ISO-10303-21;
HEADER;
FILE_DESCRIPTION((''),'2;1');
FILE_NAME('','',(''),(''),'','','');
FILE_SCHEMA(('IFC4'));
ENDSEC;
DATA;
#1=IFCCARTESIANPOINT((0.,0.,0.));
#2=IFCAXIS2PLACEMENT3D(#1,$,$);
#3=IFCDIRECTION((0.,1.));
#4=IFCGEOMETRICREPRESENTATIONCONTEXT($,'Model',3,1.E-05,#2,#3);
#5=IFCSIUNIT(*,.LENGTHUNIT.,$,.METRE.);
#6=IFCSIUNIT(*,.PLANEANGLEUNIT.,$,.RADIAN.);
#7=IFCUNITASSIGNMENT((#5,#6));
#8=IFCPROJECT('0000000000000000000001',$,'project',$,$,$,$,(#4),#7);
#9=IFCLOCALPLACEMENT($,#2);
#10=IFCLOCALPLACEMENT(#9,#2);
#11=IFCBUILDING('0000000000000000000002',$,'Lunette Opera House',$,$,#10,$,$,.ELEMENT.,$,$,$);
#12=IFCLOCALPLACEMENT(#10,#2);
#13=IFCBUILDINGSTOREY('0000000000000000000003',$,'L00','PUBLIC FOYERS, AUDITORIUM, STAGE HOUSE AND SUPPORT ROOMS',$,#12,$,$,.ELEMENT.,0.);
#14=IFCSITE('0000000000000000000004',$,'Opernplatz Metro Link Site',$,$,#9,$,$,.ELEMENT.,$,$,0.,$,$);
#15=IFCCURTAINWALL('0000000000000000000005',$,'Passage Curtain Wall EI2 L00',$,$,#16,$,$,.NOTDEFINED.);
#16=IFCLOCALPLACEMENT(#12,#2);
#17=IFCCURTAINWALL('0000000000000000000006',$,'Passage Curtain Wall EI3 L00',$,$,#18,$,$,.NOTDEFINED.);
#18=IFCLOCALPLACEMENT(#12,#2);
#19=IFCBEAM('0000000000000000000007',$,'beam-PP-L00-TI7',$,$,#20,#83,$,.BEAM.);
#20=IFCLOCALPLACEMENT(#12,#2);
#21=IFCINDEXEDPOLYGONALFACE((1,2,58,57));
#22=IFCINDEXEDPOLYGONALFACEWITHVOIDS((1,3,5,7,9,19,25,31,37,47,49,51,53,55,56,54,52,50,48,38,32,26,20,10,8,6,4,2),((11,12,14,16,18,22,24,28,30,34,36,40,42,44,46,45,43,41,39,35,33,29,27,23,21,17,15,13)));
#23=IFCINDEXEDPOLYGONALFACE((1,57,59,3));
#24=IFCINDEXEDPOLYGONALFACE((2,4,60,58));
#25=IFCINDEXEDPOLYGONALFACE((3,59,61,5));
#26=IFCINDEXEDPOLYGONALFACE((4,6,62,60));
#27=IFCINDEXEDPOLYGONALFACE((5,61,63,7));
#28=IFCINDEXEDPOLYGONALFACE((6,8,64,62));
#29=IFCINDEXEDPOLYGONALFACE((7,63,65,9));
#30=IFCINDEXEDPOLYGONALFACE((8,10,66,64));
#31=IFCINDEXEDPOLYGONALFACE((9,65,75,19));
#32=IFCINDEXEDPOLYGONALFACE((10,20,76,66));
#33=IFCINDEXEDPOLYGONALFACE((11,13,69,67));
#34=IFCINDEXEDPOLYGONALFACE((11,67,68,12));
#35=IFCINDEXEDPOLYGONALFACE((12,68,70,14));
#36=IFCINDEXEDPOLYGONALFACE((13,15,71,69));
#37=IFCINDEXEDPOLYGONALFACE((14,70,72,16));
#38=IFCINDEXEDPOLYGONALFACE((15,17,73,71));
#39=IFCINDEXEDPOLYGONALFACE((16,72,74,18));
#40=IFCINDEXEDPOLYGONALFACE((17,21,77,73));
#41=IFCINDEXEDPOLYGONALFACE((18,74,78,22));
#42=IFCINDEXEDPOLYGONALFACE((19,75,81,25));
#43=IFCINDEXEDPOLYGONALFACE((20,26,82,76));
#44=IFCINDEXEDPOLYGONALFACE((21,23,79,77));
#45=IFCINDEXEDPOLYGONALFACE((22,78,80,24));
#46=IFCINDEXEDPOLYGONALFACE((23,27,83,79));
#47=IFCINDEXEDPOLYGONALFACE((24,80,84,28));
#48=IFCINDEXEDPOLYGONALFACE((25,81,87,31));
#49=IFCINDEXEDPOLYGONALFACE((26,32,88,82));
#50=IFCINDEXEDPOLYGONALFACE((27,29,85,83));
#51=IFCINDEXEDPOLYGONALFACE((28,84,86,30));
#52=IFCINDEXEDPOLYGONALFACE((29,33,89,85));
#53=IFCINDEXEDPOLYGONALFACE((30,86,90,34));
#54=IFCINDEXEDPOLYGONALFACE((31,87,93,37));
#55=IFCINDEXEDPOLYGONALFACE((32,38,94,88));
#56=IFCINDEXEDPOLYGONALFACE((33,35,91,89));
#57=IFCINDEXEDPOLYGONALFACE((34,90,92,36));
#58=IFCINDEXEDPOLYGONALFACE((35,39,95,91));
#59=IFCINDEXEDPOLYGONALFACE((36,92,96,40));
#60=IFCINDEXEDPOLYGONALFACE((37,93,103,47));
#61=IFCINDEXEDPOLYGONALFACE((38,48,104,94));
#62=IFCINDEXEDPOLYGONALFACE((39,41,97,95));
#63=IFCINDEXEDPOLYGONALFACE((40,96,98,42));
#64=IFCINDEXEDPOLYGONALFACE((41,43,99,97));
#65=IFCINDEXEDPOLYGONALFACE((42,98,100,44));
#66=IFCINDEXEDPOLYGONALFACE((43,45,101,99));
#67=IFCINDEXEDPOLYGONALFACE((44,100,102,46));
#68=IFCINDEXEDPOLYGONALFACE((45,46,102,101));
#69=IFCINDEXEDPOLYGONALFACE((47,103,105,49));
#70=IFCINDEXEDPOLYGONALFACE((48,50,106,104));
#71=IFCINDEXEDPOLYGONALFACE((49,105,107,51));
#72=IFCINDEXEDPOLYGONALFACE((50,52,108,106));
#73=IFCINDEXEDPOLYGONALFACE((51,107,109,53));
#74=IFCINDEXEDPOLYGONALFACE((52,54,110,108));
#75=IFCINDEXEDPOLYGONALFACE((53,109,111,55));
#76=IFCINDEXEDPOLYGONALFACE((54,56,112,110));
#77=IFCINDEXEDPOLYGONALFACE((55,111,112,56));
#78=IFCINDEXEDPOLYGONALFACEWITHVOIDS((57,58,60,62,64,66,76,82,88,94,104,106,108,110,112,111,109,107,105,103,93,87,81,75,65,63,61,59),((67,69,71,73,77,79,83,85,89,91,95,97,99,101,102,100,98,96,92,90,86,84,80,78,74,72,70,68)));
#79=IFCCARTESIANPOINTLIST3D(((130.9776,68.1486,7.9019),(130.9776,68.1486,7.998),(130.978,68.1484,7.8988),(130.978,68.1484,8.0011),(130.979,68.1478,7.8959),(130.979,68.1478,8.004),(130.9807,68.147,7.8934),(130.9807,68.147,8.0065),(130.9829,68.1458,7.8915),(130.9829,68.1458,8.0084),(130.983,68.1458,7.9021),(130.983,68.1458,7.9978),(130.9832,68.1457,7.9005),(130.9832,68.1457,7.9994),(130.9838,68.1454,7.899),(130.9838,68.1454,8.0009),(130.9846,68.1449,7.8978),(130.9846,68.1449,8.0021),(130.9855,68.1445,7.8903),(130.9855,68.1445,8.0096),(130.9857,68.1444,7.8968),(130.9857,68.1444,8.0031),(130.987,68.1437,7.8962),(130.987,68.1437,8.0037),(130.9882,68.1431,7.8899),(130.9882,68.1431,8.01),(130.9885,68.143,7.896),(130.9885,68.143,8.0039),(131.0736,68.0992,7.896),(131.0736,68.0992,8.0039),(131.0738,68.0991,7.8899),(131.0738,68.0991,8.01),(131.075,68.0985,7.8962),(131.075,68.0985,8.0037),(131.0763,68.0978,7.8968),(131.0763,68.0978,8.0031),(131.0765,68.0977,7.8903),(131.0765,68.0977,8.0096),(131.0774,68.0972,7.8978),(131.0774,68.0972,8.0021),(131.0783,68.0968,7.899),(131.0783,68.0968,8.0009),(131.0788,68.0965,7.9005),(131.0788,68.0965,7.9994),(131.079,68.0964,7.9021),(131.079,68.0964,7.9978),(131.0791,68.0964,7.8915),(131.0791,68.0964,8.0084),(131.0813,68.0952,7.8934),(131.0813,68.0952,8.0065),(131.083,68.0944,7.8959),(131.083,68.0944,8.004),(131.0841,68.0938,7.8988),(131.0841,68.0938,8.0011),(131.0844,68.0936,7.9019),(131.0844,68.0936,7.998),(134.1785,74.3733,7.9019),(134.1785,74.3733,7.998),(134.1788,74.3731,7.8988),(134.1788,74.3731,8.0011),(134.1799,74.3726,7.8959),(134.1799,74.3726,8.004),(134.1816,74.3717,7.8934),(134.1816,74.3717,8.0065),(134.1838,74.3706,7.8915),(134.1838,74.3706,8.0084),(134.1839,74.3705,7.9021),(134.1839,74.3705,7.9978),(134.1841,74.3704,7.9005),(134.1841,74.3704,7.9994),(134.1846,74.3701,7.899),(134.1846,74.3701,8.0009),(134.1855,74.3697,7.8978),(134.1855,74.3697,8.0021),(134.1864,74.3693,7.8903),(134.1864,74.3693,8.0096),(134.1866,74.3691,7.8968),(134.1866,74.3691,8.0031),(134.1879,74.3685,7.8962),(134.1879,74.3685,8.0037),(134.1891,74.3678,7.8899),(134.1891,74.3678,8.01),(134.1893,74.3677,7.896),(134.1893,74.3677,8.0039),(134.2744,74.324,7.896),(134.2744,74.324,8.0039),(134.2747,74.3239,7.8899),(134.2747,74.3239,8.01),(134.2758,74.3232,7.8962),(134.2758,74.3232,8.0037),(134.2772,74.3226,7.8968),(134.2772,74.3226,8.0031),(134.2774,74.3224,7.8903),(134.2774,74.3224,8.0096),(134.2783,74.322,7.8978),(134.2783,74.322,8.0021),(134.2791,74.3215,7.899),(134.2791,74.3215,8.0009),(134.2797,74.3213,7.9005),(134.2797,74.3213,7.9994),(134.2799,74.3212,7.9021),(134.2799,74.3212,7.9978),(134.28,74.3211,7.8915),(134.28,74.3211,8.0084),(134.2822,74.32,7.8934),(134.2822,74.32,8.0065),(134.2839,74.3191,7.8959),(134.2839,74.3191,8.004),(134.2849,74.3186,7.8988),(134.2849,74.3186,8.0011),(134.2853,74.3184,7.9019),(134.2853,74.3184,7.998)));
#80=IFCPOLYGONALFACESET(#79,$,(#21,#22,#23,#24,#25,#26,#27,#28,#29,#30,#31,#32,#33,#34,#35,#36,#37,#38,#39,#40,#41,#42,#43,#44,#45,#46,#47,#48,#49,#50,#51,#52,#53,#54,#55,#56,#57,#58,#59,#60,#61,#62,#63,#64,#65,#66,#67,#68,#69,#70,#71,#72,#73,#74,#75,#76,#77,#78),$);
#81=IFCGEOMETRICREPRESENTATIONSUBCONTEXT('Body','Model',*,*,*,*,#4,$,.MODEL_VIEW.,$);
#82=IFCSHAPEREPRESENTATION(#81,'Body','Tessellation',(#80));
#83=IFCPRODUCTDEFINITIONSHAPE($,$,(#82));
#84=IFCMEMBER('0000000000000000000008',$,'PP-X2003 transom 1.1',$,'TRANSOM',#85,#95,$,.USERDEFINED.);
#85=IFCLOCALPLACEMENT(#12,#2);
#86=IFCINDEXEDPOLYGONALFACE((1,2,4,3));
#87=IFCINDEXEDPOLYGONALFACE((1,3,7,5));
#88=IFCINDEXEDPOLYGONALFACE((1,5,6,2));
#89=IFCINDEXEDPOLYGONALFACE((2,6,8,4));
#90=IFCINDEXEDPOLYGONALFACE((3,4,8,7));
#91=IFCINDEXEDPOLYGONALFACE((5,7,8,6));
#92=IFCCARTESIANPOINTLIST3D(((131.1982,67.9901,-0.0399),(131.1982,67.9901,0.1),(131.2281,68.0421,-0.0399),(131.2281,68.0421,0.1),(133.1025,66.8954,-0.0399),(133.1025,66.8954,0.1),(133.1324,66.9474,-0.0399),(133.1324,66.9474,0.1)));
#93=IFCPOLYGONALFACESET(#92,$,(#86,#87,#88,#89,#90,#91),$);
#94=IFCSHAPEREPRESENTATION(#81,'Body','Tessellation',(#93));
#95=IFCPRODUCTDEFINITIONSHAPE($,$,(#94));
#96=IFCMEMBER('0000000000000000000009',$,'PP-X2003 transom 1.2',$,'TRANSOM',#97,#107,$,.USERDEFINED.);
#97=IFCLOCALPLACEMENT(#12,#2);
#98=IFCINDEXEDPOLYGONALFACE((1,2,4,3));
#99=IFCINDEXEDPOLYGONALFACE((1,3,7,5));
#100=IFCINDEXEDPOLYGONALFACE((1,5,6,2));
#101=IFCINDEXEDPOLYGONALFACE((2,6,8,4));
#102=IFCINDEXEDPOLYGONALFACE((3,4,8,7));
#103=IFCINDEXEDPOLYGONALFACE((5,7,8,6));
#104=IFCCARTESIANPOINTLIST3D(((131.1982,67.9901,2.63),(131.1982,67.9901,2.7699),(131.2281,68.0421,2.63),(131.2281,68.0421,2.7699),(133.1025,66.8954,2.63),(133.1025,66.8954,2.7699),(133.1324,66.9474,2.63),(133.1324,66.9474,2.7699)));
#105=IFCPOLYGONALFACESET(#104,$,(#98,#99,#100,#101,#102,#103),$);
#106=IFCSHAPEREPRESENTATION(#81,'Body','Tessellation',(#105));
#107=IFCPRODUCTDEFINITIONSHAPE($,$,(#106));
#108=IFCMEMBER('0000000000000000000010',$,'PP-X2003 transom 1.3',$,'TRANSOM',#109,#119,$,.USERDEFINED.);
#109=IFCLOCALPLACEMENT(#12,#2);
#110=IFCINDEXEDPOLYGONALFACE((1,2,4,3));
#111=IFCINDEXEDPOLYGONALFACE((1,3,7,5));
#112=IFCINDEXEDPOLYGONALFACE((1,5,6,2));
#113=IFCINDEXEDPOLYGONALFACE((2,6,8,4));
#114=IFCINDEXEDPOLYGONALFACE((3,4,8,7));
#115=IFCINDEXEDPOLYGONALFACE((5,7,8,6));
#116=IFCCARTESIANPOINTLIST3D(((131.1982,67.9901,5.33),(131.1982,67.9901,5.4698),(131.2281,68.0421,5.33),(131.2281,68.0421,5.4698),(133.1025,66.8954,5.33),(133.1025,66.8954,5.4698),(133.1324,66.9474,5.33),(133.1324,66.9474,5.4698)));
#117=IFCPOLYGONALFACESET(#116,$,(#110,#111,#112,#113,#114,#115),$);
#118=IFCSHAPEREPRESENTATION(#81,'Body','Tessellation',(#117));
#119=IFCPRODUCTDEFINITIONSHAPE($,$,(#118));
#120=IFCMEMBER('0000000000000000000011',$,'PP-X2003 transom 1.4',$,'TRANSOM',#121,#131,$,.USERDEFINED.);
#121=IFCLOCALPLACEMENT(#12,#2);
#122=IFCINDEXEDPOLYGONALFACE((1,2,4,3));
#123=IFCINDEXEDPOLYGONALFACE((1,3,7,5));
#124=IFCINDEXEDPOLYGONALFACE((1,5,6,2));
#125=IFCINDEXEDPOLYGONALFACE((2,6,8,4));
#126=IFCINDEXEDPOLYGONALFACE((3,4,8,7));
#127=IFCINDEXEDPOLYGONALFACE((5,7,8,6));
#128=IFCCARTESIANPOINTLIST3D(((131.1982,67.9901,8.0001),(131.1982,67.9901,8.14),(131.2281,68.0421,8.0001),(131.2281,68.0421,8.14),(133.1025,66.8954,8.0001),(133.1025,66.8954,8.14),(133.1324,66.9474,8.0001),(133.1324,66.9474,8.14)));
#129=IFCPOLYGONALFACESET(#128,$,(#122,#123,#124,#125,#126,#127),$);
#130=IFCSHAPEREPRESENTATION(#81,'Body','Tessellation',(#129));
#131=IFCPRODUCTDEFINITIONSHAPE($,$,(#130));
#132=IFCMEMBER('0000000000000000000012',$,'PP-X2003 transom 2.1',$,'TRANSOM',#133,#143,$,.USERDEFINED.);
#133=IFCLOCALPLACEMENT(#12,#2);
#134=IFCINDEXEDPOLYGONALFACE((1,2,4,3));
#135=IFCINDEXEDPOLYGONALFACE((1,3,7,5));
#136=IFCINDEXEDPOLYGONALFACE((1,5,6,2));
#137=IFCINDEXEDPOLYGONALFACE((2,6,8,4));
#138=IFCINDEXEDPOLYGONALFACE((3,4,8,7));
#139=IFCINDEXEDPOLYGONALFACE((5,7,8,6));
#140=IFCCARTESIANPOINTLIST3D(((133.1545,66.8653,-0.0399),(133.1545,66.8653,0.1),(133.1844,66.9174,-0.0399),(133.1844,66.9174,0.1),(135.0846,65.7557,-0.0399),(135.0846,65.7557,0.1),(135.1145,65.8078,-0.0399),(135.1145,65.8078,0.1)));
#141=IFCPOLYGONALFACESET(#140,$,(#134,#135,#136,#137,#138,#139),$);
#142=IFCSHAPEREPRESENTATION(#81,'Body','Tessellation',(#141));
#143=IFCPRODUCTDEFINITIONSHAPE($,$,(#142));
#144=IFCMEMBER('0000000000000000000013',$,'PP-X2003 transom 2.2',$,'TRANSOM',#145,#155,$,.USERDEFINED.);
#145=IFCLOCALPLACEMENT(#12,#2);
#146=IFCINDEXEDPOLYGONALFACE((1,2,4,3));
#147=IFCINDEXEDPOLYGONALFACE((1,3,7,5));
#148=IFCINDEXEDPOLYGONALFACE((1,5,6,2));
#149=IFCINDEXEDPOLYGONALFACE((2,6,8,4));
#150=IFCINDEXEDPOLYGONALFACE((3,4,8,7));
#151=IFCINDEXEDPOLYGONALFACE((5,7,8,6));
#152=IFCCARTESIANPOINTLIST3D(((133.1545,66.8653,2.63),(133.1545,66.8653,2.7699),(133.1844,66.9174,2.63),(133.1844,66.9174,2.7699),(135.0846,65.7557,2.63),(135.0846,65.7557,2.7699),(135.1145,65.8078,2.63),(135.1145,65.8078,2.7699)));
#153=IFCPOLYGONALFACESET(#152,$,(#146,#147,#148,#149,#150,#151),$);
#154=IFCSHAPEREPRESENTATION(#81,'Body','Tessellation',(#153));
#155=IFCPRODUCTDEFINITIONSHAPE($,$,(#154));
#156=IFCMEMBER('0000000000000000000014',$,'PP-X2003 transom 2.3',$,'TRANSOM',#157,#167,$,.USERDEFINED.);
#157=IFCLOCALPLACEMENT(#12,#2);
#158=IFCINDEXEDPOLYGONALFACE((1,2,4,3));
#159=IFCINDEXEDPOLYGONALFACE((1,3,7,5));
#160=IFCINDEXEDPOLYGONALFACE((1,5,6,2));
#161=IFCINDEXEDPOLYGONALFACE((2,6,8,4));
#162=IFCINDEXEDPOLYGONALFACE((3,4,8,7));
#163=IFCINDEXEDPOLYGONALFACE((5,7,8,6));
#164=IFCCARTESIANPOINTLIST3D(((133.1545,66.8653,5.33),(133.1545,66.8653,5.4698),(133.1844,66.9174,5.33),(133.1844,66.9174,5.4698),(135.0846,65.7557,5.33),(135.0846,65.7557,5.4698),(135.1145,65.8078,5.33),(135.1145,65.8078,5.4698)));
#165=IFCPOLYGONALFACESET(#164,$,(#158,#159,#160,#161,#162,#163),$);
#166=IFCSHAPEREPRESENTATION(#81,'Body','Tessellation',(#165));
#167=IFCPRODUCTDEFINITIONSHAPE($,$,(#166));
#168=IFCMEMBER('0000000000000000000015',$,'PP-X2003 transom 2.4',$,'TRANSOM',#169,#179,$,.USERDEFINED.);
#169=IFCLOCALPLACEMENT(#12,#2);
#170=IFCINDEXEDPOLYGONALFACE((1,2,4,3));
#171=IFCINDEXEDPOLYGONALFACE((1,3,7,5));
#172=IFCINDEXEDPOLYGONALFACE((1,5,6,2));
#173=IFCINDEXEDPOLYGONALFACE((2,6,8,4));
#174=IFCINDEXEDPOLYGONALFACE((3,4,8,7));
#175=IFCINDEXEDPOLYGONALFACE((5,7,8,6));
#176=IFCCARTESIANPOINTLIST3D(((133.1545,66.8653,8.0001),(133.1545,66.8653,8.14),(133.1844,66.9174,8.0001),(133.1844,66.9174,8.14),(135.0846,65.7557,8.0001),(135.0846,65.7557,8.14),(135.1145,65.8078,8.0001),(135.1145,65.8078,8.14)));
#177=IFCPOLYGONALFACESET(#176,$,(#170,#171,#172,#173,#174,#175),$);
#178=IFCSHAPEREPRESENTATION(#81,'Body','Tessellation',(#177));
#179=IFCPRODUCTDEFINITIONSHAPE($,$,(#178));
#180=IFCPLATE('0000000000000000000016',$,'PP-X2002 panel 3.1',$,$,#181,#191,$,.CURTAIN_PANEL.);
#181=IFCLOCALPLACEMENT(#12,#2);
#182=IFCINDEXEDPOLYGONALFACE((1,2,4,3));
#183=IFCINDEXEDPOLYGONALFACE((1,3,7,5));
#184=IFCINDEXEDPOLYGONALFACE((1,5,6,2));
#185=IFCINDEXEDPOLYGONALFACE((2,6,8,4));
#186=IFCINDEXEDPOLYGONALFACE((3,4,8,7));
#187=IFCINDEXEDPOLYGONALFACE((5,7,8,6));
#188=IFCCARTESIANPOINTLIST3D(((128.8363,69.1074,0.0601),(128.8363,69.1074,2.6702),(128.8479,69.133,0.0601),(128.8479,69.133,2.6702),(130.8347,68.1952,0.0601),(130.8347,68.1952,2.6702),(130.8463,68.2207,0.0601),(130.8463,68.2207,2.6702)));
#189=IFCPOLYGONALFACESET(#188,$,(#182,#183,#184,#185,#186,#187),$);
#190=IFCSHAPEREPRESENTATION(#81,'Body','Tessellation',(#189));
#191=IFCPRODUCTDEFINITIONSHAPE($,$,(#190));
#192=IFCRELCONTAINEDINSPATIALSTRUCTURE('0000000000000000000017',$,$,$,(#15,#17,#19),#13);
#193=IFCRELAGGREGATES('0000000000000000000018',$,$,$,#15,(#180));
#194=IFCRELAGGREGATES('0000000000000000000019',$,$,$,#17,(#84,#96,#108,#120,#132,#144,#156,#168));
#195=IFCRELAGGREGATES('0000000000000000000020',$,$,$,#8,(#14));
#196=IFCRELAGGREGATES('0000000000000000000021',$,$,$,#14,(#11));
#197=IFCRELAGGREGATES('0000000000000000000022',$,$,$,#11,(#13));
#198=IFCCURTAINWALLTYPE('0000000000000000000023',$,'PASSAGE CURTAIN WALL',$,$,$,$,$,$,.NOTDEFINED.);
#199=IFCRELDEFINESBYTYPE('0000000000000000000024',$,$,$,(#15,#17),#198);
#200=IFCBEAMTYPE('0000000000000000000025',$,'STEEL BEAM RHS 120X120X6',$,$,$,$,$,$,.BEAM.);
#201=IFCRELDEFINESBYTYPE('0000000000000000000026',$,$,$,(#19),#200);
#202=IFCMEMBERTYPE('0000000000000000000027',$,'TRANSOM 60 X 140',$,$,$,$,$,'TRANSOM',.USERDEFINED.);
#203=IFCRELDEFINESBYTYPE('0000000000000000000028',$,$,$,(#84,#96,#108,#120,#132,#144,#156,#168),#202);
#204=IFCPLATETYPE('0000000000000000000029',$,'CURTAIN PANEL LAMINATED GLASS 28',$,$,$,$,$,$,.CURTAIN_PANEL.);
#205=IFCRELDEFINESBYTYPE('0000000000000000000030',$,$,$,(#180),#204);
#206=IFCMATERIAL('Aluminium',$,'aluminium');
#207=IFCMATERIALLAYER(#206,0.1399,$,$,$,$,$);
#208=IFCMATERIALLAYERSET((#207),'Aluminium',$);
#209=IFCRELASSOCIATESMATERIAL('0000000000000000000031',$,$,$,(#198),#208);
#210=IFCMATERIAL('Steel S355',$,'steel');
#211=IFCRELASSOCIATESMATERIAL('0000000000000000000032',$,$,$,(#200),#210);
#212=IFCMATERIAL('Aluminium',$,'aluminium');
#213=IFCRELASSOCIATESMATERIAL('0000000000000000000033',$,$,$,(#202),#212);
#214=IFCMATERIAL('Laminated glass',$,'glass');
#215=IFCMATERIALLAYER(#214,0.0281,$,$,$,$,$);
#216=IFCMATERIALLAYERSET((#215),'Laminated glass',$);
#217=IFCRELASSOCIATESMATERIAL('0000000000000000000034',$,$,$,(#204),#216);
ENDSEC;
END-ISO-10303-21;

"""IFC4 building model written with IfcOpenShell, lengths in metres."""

from ifc_helpers import new_model, si_unit, direction, frame, origin, origin_2d, place, context, subcontext, project, spatial, rectangle, hollow_rectangle, extrude, material, layer, layer_set, material_profile, profile_set, type_object, element, aggregate, save


model = new_model("IFC4")

# Units and contexts
model_context = context("Model", 3, precision=1e-05, world=origin(), true_north=direction((0.0, 1.0)))
body_context = subcontext(model_context, "Body", "Model", "MODEL_VIEW")
ifc_project = project(units=[si_unit("LENGTHUNIT", "METRE"), si_unit("PLANEANGLEUNIT", "RADIAN")], contexts=[model_context])

# Site, building, storey
site_placement = place(None, origin())
site = spatial("IfcSite", under=ifc_project, at=site_placement, Name="Opernplatz Metro Link Site", CompositionType="ELEMENT", RefElevation=0.0)
building_placement = place(site_placement, origin())
building = spatial("IfcBuilding", under=site, at=building_placement, Name="Lunette Opera House", CompositionType="ELEMENT")
storey_placement = place(building_placement, origin())
storey = spatial("IfcBuildingStorey", under=building, at=storey_placement, Name="L00", Description="PUBLIC FOYERS, AUDITORIUM, STAGE HOUSE AND SUPPORT ROOMS", CompositionType="ELEMENT", Elevation=0.0)

# Curtain wall
ifc_material_1 = material(Name="Aluminium", Category="aluminium")
ifc_layer_1 = layer(ifc_material_1, 0.1399)
ifc_layer_set_1 = layer_set([ifc_layer_1], Name="Aluminium")
curtain_wall_type = type_object("IfcCurtainWallType", Name="PASSAGE CURTAIN WALL", PredefinedType="NOTDEFINED", material=ifc_layer_set_1)
curtain_wall_1_placement = place(storey_placement, origin())
curtain_wall_1 = element("IfcCurtainWall", 1, at=curtain_wall_1_placement, inside=storey, type_object=curtain_wall_type, Name="Passage Curtain Wall EI2 L00", PredefinedType="NOTDEFINED")

# Curtain wall
curtain_wall_2_placement = place(storey_placement, origin())
curtain_wall_2 = element("IfcCurtainWall", 2, at=curtain_wall_2_placement, inside=storey, type_object=curtain_wall_type, Name="Passage Curtain Wall EI3 L00", PredefinedType="NOTDEFINED")

# Beam
ifc_material_2 = material(Name="Steel S355", Category="steel")
ifc_material_profile_1 = material_profile(ifc_material_2, hollow_rectangle(XDim=0.1201, YDim=0.1201, WallThickness=0.0061, InnerFilletRadius=0.0061, OuterFilletRadius=0.012, at=origin_2d()), Name="RHS 120X120X6")
ifc_profile_set_1 = profile_set([ifc_material_profile_1], Name="Steel S355")
beam_type_1 = type_object("IfcBeamType", Name="STEEL BEAM RHS 120X120X6", PredefinedType="BEAM", material=ifc_profile_set_1)
beam_1_placement = place(storey_placement, frame((131.031, 68.1211, 7.95), z_axis=(0.4573, 0.889313, 0.0), x_axis=(-0.889313, 0.4573, 0.0)))
element("IfcBeam", 3, at=beam_1_placement, inside=storey, type_object=beam_type_1, Name="beam-PP-L00-TI7", PredefinedType="BEAM", context=body_context, shape_type="SweptSolid", body=[
    extrude(hollow_rectangle(XDim=0.1201, YDim=0.1201, WallThickness=0.0061, InnerFilletRadius=0.0061, OuterFilletRadius=0.012, at=origin_2d()), origin(), (0.0, 0.0, 1.0), 6.9995),
])

# Members
ifc_material_3 = material(Name="Aluminium", Category="aluminium")
ifc_material_profile_2 = material_profile(ifc_material_3, rectangle(XDim=0.0601, YDim=0.1399, at=origin_2d()), Name="TRANSOM 60 X 140")
ifc_profile_set_2 = profile_set([ifc_material_profile_2], Name="Aluminium")
member_type_1 = type_object("IfcMemberType", Name="TRANSOM 60 X 140", ElementType="TRANSOM", PredefinedType="USERDEFINED", material=ifc_profile_set_2)
member_1_placement = place(storey_placement, frame((131.2131, 68.0161, 0.03), z_axis=(0.866954, -0.498388, 0.0), x_axis=(0.498388, 0.866954, 0.0)))
member_1 = element("IfcMember", 4, at=member_1_placement, type_object=member_type_1, Name="PP-X2003 transom 1.1", ObjectType="TRANSOM", PredefinedType="USERDEFINED", context=body_context, shape_type="SweptSolid", body=[
    extrude(rectangle(XDim=0.0601, YDim=0.1399, at=origin_2d()), origin(), (0.0, 0.0, 1.0), 2.1965),
])
member_2_placement = place(storey_placement, frame((131.2131, 68.0161, 2.7), z_axis=(0.866954, -0.498388, 0.0), x_axis=(0.498388, 0.866954, 0.0)))
member_2 = element("IfcMember", 5, at=member_2_placement, type_object=member_type_1, Name="PP-X2003 transom 1.2", ObjectType="TRANSOM", PredefinedType="USERDEFINED", context=body_context, shape_type="SweptSolid", body=[
    extrude(rectangle(XDim=0.0601, YDim=0.1399, at=origin_2d()), origin(), (0.0, 0.0, 1.0), 2.1965),
])
member_3_placement = place(storey_placement, frame((131.2131, 68.0161, 5.3999), z_axis=(0.866954, -0.498388, 0.0), x_axis=(0.498388, 0.866954, 0.0)))
member_3 = element("IfcMember", 6, at=member_3_placement, type_object=member_type_1, Name="PP-X2003 transom 1.3", ObjectType="TRANSOM", PredefinedType="USERDEFINED", context=body_context, shape_type="SweptSolid", body=[
    extrude(rectangle(XDim=0.0601, YDim=0.1399, at=origin_2d()), origin(), (0.0, 0.0, 1.0), 2.1965),
])
member_4_placement = place(storey_placement, frame((131.2131, 68.0161, 8.0701), z_axis=(0.866954, -0.498388, 0.0), x_axis=(0.498388, 0.866954, 0.0)))
member_4 = element("IfcMember", 7, at=member_4_placement, type_object=member_type_1, Name="PP-X2003 transom 1.4", ObjectType="TRANSOM", PredefinedType="USERDEFINED", context=body_context, shape_type="SweptSolid", body=[
    extrude(rectangle(XDim=0.0601, YDim=0.1399, at=origin_2d()), origin(), (0.0, 0.0, 1.0), 2.1965),
])
member_5_placement = place(storey_placement, frame((133.1694, 66.8914, 0.03), z_axis=(0.866951, -0.498393, 0.0), x_axis=(0.498393, 0.866951, 0.0)))
member_5 = element("IfcMember", 8, at=member_5_placement, type_object=member_type_1, Name="PP-X2003 transom 2.1", ObjectType="TRANSOM", PredefinedType="USERDEFINED", context=body_context, shape_type="SweptSolid", body=[
    extrude(rectangle(XDim=0.0601, YDim=0.1399, at=origin_2d()), origin(), (0.0, 0.0, 1.0), 2.2263),
])
member_6_placement = place(storey_placement, frame((133.1694, 66.8914, 2.7), z_axis=(0.866951, -0.498393, 0.0), x_axis=(0.498393, 0.866951, 0.0)))
member_6 = element("IfcMember", 9, at=member_6_placement, type_object=member_type_1, Name="PP-X2003 transom 2.2", ObjectType="TRANSOM", PredefinedType="USERDEFINED", context=body_context, shape_type="SweptSolid", body=[
    extrude(rectangle(XDim=0.0601, YDim=0.1399, at=origin_2d()), origin(), (0.0, 0.0, 1.0), 2.2263),
])
member_7_placement = place(storey_placement, frame((133.1694, 66.8914, 5.3999), z_axis=(0.866951, -0.498393, 0.0), x_axis=(0.498393, 0.866951, 0.0)))
member_7 = element("IfcMember", 10, at=member_7_placement, type_object=member_type_1, Name="PP-X2003 transom 2.3", ObjectType="TRANSOM", PredefinedType="USERDEFINED", context=body_context, shape_type="SweptSolid", body=[
    extrude(rectangle(XDim=0.0601, YDim=0.1399, at=origin_2d()), origin(), (0.0, 0.0, 1.0), 2.2263),
])
member_8_placement = place(storey_placement, frame((133.1694, 66.8914, 8.0701), z_axis=(0.866951, -0.498393, 0.0), x_axis=(0.498393, 0.866951, 0.0)))
member_8 = element("IfcMember", 11, at=member_8_placement, type_object=member_type_1, Name="PP-X2003 transom 2.4", ObjectType="TRANSOM", PredefinedType="USERDEFINED", context=body_context, shape_type="SweptSolid", body=[
    extrude(rectangle(XDim=0.0601, YDim=0.1399, at=origin_2d()), origin(), (0.0, 0.0, 1.0), 2.2263),
])

# Plate
ifc_material_4 = material(Name="Laminated glass", Category="glass")
ifc_layer_2 = layer(ifc_material_4, 0.0281)
ifc_layer_set_2 = layer_set([ifc_layer_2], Name="Laminated glass")
plate_type_1 = type_object("IfcPlateType", Name="CURTAIN PANEL LAMINATED GLASS 28", PredefinedType="CURTAIN_PANEL", material=ifc_layer_set_2)
plate_1_placement = place(storey_placement, frame((129.8413, 68.6641, 0.0601), z_axis=(0.0, 0.0, 1.0), x_axis=(0.909696, -0.415274, 0.0)))
plate_1 = element("IfcPlate", 12, at=plate_1_placement, type_object=plate_type_1, Name="PP-X2002 panel 3.1", PredefinedType="CURTAIN_PANEL", context=body_context, shape_type="SweptSolid", body=[
    extrude(rectangle(XDim=2.1968, YDim=0.0281, at=origin_2d()), origin(), (0.0, 0.0, 1.0), 2.6101),
])
aggregate(curtain_wall_1, [plate_1])
aggregate(curtain_wall_2, [member_1, member_2, member_3, member_4, member_5, member_6, member_7, member_8])

save(model, "model.ifc")
